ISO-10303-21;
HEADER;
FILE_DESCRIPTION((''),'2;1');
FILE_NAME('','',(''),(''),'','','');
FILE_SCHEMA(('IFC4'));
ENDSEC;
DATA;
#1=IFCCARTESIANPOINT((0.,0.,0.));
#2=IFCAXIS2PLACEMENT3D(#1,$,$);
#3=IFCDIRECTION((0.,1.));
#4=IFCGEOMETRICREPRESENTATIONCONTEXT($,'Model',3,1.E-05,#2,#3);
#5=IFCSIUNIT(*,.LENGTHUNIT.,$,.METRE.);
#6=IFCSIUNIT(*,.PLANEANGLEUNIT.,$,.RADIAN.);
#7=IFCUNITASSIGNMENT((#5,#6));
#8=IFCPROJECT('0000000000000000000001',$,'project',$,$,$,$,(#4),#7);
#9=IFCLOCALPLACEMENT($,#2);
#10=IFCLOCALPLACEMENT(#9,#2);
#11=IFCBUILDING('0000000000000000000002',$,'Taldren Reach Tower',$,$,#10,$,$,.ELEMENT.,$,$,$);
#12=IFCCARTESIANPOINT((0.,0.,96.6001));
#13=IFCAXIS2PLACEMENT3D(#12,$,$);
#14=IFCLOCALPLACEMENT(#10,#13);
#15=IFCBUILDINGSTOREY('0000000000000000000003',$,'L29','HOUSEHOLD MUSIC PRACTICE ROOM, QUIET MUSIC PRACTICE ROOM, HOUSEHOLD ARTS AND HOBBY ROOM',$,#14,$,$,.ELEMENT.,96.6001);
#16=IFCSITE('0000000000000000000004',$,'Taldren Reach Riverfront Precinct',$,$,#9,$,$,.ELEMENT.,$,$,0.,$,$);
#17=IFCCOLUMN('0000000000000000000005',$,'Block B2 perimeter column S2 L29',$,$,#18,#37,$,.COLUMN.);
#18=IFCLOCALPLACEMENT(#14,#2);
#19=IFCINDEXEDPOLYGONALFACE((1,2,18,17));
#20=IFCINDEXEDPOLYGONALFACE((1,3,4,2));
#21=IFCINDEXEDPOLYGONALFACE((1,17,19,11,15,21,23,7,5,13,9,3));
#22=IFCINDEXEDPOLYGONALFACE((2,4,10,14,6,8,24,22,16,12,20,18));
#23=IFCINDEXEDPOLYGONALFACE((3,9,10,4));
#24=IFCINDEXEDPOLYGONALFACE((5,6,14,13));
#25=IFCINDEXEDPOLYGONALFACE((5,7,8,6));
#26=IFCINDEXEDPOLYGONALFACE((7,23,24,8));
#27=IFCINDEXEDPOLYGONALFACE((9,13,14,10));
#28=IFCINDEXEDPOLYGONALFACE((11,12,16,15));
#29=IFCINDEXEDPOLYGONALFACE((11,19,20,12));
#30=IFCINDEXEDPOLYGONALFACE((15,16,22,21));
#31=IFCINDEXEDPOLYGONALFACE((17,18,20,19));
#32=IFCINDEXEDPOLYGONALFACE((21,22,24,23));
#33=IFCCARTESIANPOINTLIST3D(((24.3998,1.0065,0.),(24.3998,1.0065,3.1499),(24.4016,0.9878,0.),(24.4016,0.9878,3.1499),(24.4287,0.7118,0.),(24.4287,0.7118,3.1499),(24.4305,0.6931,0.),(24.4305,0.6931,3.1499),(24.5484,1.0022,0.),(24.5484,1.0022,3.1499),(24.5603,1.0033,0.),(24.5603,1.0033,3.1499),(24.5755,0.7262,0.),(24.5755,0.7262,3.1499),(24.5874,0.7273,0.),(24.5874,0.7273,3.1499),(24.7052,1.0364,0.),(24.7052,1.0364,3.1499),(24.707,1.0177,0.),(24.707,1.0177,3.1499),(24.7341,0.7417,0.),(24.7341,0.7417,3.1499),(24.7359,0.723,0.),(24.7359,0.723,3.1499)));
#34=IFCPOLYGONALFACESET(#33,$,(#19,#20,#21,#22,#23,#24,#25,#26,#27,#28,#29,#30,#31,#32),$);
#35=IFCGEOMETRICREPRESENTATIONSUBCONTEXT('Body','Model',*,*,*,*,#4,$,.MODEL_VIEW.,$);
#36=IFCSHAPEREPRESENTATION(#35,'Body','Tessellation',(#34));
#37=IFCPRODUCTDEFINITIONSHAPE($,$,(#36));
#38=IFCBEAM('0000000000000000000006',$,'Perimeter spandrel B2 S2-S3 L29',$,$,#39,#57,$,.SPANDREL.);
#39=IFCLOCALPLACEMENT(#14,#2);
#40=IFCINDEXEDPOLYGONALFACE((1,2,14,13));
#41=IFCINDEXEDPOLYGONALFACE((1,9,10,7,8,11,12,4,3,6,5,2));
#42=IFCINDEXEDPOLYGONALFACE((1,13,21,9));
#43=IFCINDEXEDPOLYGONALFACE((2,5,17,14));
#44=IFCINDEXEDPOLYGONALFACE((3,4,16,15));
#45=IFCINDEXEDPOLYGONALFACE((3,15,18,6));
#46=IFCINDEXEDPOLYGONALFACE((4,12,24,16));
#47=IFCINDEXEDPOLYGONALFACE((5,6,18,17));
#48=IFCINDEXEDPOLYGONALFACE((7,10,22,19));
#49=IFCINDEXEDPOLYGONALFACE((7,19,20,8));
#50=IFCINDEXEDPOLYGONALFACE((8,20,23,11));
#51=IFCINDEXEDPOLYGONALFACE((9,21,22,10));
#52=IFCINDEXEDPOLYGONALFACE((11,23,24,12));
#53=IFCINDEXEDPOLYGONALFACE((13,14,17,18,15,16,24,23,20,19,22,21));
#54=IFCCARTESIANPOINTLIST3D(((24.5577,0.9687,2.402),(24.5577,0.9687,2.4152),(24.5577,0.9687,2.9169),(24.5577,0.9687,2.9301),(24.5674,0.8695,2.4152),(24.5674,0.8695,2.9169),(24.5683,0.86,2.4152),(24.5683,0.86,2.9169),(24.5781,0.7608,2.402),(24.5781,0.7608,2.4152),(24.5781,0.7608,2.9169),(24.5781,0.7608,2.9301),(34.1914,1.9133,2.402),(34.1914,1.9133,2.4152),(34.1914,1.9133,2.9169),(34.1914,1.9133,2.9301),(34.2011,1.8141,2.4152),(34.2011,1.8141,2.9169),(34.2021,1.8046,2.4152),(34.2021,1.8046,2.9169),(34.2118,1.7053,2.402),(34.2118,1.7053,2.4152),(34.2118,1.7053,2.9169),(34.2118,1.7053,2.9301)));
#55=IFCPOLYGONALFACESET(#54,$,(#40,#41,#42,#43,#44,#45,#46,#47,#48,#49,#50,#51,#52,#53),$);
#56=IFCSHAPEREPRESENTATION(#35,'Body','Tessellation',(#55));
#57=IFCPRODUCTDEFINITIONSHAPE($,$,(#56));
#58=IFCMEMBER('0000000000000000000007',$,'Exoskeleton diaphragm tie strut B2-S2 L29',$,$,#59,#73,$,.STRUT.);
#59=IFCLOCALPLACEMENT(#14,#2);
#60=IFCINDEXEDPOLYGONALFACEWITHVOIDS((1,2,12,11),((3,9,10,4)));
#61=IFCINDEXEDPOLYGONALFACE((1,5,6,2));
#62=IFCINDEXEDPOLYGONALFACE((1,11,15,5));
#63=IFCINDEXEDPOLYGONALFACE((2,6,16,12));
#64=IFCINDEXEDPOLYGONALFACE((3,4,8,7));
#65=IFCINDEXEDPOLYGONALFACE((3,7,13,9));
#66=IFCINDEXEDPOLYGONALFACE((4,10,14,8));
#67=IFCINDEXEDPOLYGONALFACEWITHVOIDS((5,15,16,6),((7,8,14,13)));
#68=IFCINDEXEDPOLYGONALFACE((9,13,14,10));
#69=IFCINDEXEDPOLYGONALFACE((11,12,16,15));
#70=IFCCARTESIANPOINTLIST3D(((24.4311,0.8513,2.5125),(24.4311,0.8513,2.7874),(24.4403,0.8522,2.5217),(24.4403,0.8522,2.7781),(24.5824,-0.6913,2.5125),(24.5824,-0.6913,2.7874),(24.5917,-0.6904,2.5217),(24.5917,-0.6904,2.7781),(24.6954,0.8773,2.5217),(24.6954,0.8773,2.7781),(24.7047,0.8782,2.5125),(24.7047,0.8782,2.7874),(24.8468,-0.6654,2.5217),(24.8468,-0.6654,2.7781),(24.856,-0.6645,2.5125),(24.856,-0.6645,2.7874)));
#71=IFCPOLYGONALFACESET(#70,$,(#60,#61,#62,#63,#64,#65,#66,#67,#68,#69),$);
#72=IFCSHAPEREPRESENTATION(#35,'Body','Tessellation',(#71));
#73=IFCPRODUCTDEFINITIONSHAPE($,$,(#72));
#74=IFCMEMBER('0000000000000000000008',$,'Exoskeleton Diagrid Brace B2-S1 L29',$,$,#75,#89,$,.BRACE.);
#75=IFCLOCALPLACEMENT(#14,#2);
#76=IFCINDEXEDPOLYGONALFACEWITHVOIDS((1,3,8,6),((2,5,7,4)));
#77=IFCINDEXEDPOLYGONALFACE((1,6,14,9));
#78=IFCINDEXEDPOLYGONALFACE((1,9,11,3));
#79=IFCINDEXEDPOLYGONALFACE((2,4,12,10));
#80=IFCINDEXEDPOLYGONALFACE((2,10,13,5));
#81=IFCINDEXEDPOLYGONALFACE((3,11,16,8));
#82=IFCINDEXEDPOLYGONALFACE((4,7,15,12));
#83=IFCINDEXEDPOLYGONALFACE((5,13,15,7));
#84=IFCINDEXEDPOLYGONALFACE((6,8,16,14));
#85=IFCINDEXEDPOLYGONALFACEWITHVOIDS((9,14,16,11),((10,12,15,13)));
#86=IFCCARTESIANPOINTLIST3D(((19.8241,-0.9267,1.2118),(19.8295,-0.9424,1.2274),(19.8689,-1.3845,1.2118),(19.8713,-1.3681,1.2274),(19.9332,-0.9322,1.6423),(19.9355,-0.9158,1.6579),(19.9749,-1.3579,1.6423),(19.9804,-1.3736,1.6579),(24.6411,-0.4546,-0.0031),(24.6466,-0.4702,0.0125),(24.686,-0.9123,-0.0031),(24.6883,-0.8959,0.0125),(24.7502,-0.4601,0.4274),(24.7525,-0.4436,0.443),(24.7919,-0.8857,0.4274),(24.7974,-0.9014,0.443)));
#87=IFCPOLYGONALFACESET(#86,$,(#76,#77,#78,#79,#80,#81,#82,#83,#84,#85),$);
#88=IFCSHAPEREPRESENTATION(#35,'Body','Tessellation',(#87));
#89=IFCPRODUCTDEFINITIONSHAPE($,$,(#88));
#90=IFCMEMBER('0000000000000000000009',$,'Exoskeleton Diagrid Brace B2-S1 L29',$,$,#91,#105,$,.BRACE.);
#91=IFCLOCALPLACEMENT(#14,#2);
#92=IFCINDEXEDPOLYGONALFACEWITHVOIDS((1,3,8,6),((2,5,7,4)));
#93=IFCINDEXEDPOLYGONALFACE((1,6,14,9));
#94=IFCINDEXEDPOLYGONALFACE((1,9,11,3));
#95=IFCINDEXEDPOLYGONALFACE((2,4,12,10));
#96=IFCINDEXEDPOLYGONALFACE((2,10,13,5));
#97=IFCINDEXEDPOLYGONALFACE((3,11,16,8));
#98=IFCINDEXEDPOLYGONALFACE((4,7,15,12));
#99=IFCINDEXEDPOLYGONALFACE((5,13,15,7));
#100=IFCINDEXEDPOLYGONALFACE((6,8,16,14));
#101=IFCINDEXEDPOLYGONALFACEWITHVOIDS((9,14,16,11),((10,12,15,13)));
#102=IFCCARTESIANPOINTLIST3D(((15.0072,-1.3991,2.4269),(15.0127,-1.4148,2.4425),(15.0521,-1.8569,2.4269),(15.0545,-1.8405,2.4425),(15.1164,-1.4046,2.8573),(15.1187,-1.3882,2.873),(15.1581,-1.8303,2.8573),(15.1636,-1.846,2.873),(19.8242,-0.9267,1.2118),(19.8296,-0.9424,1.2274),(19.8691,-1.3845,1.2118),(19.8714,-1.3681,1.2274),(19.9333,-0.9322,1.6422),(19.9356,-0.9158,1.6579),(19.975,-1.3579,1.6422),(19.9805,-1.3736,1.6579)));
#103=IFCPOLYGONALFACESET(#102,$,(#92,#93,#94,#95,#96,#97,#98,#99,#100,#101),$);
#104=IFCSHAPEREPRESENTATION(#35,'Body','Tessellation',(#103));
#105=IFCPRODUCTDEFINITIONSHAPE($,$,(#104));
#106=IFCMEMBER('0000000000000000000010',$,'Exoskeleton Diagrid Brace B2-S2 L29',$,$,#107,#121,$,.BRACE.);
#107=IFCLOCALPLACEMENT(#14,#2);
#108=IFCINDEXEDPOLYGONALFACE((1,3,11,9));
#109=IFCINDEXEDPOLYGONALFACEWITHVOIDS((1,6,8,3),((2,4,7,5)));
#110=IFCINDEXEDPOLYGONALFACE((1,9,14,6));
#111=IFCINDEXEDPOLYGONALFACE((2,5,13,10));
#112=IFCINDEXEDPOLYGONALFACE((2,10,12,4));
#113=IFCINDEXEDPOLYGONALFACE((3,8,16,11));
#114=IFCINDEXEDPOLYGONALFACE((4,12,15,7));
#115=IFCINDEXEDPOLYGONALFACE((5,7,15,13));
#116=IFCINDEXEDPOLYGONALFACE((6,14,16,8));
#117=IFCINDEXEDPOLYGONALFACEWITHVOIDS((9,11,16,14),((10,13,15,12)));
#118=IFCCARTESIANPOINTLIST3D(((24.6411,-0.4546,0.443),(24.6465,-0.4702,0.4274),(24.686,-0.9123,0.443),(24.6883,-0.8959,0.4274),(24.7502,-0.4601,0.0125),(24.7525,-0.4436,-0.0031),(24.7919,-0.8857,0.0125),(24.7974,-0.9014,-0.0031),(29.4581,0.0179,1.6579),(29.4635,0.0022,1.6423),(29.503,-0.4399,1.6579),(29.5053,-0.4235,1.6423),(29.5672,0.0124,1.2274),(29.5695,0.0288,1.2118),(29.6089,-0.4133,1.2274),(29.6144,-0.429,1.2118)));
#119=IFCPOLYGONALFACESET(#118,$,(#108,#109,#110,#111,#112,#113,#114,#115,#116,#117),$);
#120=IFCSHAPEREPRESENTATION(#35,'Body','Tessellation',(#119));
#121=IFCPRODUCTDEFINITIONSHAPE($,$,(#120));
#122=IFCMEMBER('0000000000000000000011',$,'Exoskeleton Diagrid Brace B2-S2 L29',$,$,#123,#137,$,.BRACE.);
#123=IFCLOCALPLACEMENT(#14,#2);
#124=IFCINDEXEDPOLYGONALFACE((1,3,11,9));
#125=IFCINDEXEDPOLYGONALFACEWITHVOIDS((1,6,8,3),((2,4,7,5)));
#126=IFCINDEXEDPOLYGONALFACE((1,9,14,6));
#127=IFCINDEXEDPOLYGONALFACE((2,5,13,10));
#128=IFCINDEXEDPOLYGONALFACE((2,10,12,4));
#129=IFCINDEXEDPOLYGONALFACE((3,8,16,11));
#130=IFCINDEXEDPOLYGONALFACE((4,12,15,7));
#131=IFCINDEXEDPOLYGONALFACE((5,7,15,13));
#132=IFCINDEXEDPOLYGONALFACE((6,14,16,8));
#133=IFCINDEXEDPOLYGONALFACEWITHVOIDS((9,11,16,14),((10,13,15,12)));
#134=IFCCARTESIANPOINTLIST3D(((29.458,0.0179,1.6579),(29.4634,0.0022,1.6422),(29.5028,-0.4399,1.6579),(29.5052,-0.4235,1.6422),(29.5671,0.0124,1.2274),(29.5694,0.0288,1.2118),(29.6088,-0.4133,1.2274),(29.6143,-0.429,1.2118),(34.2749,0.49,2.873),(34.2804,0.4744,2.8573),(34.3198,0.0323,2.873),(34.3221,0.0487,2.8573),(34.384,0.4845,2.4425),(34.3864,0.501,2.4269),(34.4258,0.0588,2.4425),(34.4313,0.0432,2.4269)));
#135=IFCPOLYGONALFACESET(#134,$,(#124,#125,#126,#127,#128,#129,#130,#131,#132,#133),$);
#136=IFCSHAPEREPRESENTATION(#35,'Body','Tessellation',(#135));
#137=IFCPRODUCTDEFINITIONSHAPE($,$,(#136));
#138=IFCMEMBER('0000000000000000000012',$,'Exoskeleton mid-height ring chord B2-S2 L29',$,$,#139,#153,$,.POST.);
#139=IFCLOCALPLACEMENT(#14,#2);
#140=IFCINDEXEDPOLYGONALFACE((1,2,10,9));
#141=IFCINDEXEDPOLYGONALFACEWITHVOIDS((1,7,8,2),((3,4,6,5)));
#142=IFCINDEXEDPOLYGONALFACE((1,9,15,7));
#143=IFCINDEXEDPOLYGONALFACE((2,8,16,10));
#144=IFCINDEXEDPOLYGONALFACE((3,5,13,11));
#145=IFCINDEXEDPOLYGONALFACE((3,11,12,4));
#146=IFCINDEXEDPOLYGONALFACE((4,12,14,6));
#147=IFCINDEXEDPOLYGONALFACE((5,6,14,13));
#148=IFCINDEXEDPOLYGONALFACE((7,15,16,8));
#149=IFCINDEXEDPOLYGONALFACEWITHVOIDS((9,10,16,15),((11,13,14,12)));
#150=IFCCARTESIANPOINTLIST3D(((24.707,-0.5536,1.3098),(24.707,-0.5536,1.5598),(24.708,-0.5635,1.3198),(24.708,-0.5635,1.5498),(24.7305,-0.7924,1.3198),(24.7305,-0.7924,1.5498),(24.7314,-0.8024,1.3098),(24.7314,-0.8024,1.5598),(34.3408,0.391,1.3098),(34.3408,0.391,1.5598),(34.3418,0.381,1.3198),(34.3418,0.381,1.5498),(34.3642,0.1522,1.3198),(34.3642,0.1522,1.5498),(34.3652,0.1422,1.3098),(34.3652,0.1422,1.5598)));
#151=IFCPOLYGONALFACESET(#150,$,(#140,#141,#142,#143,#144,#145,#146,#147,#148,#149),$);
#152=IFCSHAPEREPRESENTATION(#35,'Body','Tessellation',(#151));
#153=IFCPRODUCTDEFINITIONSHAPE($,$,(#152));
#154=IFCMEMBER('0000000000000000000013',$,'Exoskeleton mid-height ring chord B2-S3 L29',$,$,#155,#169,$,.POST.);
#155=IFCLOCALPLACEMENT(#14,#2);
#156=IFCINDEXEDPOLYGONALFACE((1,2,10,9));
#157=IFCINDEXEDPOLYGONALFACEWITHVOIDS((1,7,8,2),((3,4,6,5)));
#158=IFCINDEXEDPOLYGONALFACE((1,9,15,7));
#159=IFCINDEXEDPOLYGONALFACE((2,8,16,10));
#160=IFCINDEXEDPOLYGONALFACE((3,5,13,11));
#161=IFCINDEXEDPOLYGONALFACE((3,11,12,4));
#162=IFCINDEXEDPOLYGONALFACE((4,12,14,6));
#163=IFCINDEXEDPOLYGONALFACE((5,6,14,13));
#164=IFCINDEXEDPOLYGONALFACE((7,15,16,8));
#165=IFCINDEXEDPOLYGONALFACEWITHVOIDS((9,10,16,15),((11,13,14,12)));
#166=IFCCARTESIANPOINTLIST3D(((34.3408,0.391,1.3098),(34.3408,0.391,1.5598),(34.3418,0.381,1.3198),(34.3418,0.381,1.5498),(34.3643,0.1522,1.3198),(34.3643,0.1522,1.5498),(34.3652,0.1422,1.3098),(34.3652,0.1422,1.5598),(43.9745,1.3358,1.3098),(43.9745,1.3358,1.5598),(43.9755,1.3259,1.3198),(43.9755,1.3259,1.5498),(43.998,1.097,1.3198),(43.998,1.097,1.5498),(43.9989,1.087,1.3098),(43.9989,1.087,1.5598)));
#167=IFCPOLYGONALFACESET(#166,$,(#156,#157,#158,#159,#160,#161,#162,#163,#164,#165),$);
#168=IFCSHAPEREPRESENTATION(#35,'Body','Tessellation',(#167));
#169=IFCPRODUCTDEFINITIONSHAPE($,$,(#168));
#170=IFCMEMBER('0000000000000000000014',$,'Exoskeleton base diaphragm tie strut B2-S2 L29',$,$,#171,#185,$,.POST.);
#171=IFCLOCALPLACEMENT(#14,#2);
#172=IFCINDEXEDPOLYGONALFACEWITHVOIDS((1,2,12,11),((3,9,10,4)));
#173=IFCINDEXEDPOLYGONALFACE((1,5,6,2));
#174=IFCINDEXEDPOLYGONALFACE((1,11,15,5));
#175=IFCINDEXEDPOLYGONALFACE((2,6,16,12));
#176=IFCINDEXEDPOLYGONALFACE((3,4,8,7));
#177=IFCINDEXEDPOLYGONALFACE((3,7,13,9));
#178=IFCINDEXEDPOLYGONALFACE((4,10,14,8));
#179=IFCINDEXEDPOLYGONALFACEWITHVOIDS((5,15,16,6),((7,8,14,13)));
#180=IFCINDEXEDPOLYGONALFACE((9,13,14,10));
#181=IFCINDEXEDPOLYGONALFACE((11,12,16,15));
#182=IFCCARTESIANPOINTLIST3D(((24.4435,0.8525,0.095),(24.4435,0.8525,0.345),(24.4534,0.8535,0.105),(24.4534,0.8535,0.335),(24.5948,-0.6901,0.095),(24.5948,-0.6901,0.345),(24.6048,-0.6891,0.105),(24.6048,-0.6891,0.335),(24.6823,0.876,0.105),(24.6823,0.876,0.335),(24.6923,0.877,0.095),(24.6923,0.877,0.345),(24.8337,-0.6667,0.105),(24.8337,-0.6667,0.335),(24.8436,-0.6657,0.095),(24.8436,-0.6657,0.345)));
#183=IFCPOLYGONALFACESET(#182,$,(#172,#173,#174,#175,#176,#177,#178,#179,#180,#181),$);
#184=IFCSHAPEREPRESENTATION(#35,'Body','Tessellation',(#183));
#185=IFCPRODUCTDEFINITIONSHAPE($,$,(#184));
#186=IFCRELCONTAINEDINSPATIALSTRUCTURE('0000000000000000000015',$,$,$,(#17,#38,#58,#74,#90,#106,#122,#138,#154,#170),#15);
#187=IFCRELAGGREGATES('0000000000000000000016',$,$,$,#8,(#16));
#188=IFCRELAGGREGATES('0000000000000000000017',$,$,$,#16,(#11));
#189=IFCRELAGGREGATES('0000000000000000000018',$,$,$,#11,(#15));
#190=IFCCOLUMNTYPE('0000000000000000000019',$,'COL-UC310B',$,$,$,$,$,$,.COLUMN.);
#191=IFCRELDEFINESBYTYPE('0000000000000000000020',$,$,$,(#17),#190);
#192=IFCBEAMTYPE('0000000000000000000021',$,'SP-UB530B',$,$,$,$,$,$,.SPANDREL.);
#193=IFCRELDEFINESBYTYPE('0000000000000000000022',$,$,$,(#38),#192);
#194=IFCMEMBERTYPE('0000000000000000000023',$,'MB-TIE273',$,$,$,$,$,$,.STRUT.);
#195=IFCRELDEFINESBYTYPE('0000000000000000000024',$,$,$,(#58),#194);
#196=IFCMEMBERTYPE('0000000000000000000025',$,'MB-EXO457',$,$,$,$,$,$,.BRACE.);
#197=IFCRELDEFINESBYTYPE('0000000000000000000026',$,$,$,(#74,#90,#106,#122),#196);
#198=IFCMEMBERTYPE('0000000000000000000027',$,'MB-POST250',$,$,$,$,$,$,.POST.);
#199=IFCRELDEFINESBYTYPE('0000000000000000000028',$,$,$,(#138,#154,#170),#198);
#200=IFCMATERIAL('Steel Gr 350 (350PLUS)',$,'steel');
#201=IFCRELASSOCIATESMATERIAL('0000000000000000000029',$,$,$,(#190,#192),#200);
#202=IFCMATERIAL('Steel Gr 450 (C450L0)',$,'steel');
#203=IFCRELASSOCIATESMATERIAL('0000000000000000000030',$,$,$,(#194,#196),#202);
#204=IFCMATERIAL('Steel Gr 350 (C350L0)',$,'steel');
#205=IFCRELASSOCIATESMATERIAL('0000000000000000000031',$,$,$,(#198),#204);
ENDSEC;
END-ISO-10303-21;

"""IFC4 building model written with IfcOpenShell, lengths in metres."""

from ifc_helpers import new_model, si_unit, direction, frame, origin, origin_2d, place, context, subcontext, project, spatial, hollow_rectangle, i_section, extrude, source, transform, mapped, material, material_profile, profile_set, type_object, element, save


model = new_model("IFC4")

# Units and contexts
model_context = context("Model", 3, precision=1e-05, world=origin(), true_north=direction((0.0, 1.0)))
body_context = subcontext(model_context, "Body", "Model", "MODEL_VIEW")
ifc_project = project(units=[si_unit("LENGTHUNIT", "METRE"), si_unit("PLANEANGLEUNIT", "RADIAN")], contexts=[model_context])

# Site, building, storey
site_placement = place(None, origin())
site = spatial("IfcSite", under=ifc_project, at=site_placement, Name="Taldren Reach Riverfront Precinct", CompositionType="ELEMENT", RefElevation=0.0)
building_placement = place(site_placement, origin())
building = spatial("IfcBuilding", under=site, at=building_placement, Name="Taldren Reach Tower", CompositionType="ELEMENT")
storey_placement = place(building_placement, frame((0.0, 0.0, 96.6001)))
storey = spatial("IfcBuildingStorey", under=building, at=storey_placement, Name="L29", Description="HOUSEHOLD MUSIC PRACTICE ROOM, QUIET MUSIC PRACTICE ROOM, HOUSEHOLD ARTS AND HOBBY ROOM", CompositionType="ELEMENT", Elevation=96.6001)

# Column
ifc_material_1 = material(Name="Steel Gr 350 (350PLUS)", Category="steel")
ifc_material_profile_1 = material_profile(ifc_material_1, i_section(OverallWidth=0.3069, OverallDepth=0.3149, WebThickness=0.012, FlangeThickness=0.0188, at=origin_2d()), Name="310UC118")
ifc_profile_set_1 = profile_set([ifc_material_profile_1], Name="Steel Gr 350 (350PLUS)")
column_type = type_object("IfcColumnType", Name="COL-UC310B", PredefinedType="COLUMN", material=ifc_profile_set_1)
shared_shape_1 = source(origin(), body_context, "Body", "SweptSolid", [
    extrude(i_section(OverallWidth=0.3069, OverallDepth=0.3149, WebThickness=0.012, FlangeThickness=0.0188, at=origin_2d()), origin(), (0.0, 0.0, 1.0), 3.1499),
])
column_placement = place(storey_placement, frame((24.5679, 0.8647, 0.0), z_axis=(0.0, 0.0, 1.0), x_axis=(0.995227, 0.097583, 0.0)))
element("IfcColumn", 1, at=column_placement, inside=storey, type_object=column_type, Name="Block B2 perimeter column S2 L29", PredefinedType="COLUMN", context=body_context, shape_type="MappedRepresentation", body=[
    mapped(shared_shape_1, transform((0.0, 0.0, 0.0), scale=1.0)),
])

# Beam
ifc_material_profile_2 = material_profile(ifc_material_1, i_section(OverallWidth=0.209, OverallDepth=0.5281, WebThickness=0.0095, FlangeThickness=0.0132, at=origin_2d()), Name="530UB82.0")
ifc_profile_set_2 = profile_set([ifc_material_profile_2], Name="Steel Gr 350 (350PLUS)")
beam_type = type_object("IfcBeamType", Name="SP-UB530B", PredefinedType="SPANDREL", material=ifc_profile_set_2)
shared_shape_2 = source(origin(), body_context, "Body", "SweptSolid", [
    extrude(i_section(OverallWidth=0.209, OverallDepth=0.5281, WebThickness=0.0095, FlangeThickness=0.0132, at=origin_2d()), origin(), (0.0, 0.0, 1.0), 9.6799),
])
beam_placement = place(storey_placement, frame((24.5679, 0.8647, 2.666), z_axis=(0.995228, 0.097581, 0.0), x_axis=(-0.097581, 0.995228, 0.0)))
element("IfcBeam", 2, at=beam_placement, inside=storey, type_object=beam_type, Name="Perimeter spandrel B2 S2-S3 L29", PredefinedType="SPANDREL", context=body_context, shape_type="MappedRepresentation", body=[
    mapped(shared_shape_2, transform((0.0, 0.0, 0.0), scale=1.0)),
])

# Members
ifc_material_2 = material(Name="Steel Gr 450 (C450L0)", Category="steel")
ifc_material_profile_3 = material_profile(ifc_material_2, hollow_rectangle(XDim=0.2749, YDim=0.2749, WallThickness=0.0093, at=origin_2d()), Name="275x275x9.3SHS")
ifc_profile_set_3 = profile_set([ifc_material_profile_3], Name="Steel Gr 450 (C450L0)")
member_type_1 = type_object("IfcMemberType", Name="MB-TIE273", PredefinedType="STRUT", material=ifc_profile_set_3)
shared_shape_3 = source(origin(), body_context, "Body", "SweptSolid", [
    extrude(hollow_rectangle(XDim=0.2749, YDim=0.2749, WallThickness=0.0093, at=origin_2d()), origin(), (0.0, 0.0, 1.0), 1.55),
])
member_1_placement = place(storey_placement, frame((24.5679, 0.8647, 2.6499), z_axis=(0.097648, -0.995221, 0.0), x_axis=(0.995221, 0.097648, 0.0)))
element("IfcMember", 3, at=member_1_placement, inside=storey, type_object=member_type_1, Name="Exoskeleton diaphragm tie strut B2-S2 L29", PredefinedType="STRUT", context=body_context, shape_type="MappedRepresentation", body=[
    mapped(shared_shape_3, transform((0.0, 0.0, 0.0), scale=1.0)),
])
ifc_material_profile_4 = material_profile(ifc_material_2, hollow_rectangle(XDim=0.46, YDim=0.46, WallThickness=0.0161, at=origin_2d()), Name="460x460x16.0SHS")
ifc_profile_set_4 = profile_set([ifc_material_profile_4], Name="Steel Gr 450 (C450L0)")
member_type_2 = type_object("IfcMemberType", Name="MB-EXO457", PredefinedType="BRACE", material=ifc_profile_set_4)
shared_shape_4 = source(origin(), body_context, "Body", "SweptSolid", [
    extrude(hollow_rectangle(XDim=0.46, YDim=0.46, WallThickness=0.0161, at=origin_2d()), origin(), (0.0, 0.0, 1.0), 4.9902),
])
for number, where, z_axis, x_axis, name in (
    (4, (24.7192, -0.678, 0.22), (-0.965287, -0.094621, 0.24345), (0.097556, -0.99523, 0.0), "Exoskeleton Diagrid Brace B2-S1 L29"),
    (5, (19.9023, -1.1501, 1.4348), (-0.965271, -0.094668, 0.243495), (0.097606, -0.995225, 0.0), "Exoskeleton Diagrid Brace B2-S1 L29"),
    (6, (24.7192, -0.678, 0.22), (0.965283, 0.094669, 0.243449), (-0.097606, 0.995225, 0.0), "Exoskeleton Diagrid Brace B2-S2 L29"),
    (7, (29.5361, -0.2056, 1.4348), (0.965276, 0.09462, 0.243496), (-0.097556, 0.99523, 0.0), "Exoskeleton Diagrid Brace B2-S2 L29"),
):
    element("IfcMember", number, at=place(storey_placement, frame(where, z_axis=z_axis, x_axis=x_axis)), inside=storey, type_object=member_type_2, Name=name, PredefinedType="BRACE", context=body_context, shape_type="MappedRepresentation", body=[
        mapped(shared_shape_4, transform((0.0, 0.0, 0.0), scale=1.0)),
    ])
ifc_material_3 = material(Name="Steel Gr 350 (C350L0)", Category="steel")
ifc_material_profile_5 = material_profile(ifc_material_3, hollow_rectangle(XDim=0.25, YDim=0.25, WallThickness=0.01, at=origin_2d()), Name="250x250x10.0SHS")
ifc_profile_set_5 = profile_set([ifc_material_profile_5], Name="Steel Gr 350 (C350L0)")
member_type_3 = type_object("IfcMemberType", Name="MB-POST250", PredefinedType="POST", material=ifc_profile_set_5)
shared_shape_5 = source(origin(), body_context, "Body", "SweptSolid", [
    extrude(hollow_rectangle(XDim=0.25, YDim=0.25, WallThickness=0.01, at=origin_2d()), origin(), (0.0, 0.0, 1.0), 9.6799),
])
for number, where, z_axis, x_axis, name in (
    (8, (24.7192, -0.678, 1.4348), (0.995228, 0.097581, 0.0), (-0.097581, 0.995228, 0.0), "Exoskeleton mid-height ring chord B2-S2 L29"),
    (9, (34.353, 0.2666, 1.4348), (0.995225, 0.097606, 0.0), (-0.097606, 0.995225, 0.0), "Exoskeleton mid-height ring chord B2-S3 L29"),
):
    element("IfcMember", number, at=place(storey_placement, frame(where, z_axis=z_axis, x_axis=x_axis)), inside=storey, type_object=member_type_3, Name=name, PredefinedType="POST", context=body_context, shape_type="MappedRepresentation", body=[
        mapped(shared_shape_5, transform((0.0, 0.0, 0.0), scale=1.0)),
    ])
shared_shape_6 = source(origin(), body_context, "Body", "SweptSolid", [
    extrude(hollow_rectangle(XDim=0.25, YDim=0.25, WallThickness=0.01, at=origin_2d()), origin(), (0.0, 0.0, 1.0), 1.55),
])
for number, where, z_axis, x_axis, name in (
    (10, (24.5679, 0.8647, 0.22), (0.097648, -0.995221, 0.0), (0.995221, 0.097648, 0.0), "Exoskeleton base diaphragm tie strut B2-S2 L29"),
):
    element("IfcMember", number, at=place(storey_placement, frame(where, z_axis=z_axis, x_axis=x_axis)), inside=storey, type_object=member_type_3, Name=name, PredefinedType="POST", context=body_context, shape_type="MappedRepresentation", body=[
        mapped(shared_shape_6, transform((0.0, 0.0, 0.0), scale=1.0)),
    ])

save(model, "model.ifc")
